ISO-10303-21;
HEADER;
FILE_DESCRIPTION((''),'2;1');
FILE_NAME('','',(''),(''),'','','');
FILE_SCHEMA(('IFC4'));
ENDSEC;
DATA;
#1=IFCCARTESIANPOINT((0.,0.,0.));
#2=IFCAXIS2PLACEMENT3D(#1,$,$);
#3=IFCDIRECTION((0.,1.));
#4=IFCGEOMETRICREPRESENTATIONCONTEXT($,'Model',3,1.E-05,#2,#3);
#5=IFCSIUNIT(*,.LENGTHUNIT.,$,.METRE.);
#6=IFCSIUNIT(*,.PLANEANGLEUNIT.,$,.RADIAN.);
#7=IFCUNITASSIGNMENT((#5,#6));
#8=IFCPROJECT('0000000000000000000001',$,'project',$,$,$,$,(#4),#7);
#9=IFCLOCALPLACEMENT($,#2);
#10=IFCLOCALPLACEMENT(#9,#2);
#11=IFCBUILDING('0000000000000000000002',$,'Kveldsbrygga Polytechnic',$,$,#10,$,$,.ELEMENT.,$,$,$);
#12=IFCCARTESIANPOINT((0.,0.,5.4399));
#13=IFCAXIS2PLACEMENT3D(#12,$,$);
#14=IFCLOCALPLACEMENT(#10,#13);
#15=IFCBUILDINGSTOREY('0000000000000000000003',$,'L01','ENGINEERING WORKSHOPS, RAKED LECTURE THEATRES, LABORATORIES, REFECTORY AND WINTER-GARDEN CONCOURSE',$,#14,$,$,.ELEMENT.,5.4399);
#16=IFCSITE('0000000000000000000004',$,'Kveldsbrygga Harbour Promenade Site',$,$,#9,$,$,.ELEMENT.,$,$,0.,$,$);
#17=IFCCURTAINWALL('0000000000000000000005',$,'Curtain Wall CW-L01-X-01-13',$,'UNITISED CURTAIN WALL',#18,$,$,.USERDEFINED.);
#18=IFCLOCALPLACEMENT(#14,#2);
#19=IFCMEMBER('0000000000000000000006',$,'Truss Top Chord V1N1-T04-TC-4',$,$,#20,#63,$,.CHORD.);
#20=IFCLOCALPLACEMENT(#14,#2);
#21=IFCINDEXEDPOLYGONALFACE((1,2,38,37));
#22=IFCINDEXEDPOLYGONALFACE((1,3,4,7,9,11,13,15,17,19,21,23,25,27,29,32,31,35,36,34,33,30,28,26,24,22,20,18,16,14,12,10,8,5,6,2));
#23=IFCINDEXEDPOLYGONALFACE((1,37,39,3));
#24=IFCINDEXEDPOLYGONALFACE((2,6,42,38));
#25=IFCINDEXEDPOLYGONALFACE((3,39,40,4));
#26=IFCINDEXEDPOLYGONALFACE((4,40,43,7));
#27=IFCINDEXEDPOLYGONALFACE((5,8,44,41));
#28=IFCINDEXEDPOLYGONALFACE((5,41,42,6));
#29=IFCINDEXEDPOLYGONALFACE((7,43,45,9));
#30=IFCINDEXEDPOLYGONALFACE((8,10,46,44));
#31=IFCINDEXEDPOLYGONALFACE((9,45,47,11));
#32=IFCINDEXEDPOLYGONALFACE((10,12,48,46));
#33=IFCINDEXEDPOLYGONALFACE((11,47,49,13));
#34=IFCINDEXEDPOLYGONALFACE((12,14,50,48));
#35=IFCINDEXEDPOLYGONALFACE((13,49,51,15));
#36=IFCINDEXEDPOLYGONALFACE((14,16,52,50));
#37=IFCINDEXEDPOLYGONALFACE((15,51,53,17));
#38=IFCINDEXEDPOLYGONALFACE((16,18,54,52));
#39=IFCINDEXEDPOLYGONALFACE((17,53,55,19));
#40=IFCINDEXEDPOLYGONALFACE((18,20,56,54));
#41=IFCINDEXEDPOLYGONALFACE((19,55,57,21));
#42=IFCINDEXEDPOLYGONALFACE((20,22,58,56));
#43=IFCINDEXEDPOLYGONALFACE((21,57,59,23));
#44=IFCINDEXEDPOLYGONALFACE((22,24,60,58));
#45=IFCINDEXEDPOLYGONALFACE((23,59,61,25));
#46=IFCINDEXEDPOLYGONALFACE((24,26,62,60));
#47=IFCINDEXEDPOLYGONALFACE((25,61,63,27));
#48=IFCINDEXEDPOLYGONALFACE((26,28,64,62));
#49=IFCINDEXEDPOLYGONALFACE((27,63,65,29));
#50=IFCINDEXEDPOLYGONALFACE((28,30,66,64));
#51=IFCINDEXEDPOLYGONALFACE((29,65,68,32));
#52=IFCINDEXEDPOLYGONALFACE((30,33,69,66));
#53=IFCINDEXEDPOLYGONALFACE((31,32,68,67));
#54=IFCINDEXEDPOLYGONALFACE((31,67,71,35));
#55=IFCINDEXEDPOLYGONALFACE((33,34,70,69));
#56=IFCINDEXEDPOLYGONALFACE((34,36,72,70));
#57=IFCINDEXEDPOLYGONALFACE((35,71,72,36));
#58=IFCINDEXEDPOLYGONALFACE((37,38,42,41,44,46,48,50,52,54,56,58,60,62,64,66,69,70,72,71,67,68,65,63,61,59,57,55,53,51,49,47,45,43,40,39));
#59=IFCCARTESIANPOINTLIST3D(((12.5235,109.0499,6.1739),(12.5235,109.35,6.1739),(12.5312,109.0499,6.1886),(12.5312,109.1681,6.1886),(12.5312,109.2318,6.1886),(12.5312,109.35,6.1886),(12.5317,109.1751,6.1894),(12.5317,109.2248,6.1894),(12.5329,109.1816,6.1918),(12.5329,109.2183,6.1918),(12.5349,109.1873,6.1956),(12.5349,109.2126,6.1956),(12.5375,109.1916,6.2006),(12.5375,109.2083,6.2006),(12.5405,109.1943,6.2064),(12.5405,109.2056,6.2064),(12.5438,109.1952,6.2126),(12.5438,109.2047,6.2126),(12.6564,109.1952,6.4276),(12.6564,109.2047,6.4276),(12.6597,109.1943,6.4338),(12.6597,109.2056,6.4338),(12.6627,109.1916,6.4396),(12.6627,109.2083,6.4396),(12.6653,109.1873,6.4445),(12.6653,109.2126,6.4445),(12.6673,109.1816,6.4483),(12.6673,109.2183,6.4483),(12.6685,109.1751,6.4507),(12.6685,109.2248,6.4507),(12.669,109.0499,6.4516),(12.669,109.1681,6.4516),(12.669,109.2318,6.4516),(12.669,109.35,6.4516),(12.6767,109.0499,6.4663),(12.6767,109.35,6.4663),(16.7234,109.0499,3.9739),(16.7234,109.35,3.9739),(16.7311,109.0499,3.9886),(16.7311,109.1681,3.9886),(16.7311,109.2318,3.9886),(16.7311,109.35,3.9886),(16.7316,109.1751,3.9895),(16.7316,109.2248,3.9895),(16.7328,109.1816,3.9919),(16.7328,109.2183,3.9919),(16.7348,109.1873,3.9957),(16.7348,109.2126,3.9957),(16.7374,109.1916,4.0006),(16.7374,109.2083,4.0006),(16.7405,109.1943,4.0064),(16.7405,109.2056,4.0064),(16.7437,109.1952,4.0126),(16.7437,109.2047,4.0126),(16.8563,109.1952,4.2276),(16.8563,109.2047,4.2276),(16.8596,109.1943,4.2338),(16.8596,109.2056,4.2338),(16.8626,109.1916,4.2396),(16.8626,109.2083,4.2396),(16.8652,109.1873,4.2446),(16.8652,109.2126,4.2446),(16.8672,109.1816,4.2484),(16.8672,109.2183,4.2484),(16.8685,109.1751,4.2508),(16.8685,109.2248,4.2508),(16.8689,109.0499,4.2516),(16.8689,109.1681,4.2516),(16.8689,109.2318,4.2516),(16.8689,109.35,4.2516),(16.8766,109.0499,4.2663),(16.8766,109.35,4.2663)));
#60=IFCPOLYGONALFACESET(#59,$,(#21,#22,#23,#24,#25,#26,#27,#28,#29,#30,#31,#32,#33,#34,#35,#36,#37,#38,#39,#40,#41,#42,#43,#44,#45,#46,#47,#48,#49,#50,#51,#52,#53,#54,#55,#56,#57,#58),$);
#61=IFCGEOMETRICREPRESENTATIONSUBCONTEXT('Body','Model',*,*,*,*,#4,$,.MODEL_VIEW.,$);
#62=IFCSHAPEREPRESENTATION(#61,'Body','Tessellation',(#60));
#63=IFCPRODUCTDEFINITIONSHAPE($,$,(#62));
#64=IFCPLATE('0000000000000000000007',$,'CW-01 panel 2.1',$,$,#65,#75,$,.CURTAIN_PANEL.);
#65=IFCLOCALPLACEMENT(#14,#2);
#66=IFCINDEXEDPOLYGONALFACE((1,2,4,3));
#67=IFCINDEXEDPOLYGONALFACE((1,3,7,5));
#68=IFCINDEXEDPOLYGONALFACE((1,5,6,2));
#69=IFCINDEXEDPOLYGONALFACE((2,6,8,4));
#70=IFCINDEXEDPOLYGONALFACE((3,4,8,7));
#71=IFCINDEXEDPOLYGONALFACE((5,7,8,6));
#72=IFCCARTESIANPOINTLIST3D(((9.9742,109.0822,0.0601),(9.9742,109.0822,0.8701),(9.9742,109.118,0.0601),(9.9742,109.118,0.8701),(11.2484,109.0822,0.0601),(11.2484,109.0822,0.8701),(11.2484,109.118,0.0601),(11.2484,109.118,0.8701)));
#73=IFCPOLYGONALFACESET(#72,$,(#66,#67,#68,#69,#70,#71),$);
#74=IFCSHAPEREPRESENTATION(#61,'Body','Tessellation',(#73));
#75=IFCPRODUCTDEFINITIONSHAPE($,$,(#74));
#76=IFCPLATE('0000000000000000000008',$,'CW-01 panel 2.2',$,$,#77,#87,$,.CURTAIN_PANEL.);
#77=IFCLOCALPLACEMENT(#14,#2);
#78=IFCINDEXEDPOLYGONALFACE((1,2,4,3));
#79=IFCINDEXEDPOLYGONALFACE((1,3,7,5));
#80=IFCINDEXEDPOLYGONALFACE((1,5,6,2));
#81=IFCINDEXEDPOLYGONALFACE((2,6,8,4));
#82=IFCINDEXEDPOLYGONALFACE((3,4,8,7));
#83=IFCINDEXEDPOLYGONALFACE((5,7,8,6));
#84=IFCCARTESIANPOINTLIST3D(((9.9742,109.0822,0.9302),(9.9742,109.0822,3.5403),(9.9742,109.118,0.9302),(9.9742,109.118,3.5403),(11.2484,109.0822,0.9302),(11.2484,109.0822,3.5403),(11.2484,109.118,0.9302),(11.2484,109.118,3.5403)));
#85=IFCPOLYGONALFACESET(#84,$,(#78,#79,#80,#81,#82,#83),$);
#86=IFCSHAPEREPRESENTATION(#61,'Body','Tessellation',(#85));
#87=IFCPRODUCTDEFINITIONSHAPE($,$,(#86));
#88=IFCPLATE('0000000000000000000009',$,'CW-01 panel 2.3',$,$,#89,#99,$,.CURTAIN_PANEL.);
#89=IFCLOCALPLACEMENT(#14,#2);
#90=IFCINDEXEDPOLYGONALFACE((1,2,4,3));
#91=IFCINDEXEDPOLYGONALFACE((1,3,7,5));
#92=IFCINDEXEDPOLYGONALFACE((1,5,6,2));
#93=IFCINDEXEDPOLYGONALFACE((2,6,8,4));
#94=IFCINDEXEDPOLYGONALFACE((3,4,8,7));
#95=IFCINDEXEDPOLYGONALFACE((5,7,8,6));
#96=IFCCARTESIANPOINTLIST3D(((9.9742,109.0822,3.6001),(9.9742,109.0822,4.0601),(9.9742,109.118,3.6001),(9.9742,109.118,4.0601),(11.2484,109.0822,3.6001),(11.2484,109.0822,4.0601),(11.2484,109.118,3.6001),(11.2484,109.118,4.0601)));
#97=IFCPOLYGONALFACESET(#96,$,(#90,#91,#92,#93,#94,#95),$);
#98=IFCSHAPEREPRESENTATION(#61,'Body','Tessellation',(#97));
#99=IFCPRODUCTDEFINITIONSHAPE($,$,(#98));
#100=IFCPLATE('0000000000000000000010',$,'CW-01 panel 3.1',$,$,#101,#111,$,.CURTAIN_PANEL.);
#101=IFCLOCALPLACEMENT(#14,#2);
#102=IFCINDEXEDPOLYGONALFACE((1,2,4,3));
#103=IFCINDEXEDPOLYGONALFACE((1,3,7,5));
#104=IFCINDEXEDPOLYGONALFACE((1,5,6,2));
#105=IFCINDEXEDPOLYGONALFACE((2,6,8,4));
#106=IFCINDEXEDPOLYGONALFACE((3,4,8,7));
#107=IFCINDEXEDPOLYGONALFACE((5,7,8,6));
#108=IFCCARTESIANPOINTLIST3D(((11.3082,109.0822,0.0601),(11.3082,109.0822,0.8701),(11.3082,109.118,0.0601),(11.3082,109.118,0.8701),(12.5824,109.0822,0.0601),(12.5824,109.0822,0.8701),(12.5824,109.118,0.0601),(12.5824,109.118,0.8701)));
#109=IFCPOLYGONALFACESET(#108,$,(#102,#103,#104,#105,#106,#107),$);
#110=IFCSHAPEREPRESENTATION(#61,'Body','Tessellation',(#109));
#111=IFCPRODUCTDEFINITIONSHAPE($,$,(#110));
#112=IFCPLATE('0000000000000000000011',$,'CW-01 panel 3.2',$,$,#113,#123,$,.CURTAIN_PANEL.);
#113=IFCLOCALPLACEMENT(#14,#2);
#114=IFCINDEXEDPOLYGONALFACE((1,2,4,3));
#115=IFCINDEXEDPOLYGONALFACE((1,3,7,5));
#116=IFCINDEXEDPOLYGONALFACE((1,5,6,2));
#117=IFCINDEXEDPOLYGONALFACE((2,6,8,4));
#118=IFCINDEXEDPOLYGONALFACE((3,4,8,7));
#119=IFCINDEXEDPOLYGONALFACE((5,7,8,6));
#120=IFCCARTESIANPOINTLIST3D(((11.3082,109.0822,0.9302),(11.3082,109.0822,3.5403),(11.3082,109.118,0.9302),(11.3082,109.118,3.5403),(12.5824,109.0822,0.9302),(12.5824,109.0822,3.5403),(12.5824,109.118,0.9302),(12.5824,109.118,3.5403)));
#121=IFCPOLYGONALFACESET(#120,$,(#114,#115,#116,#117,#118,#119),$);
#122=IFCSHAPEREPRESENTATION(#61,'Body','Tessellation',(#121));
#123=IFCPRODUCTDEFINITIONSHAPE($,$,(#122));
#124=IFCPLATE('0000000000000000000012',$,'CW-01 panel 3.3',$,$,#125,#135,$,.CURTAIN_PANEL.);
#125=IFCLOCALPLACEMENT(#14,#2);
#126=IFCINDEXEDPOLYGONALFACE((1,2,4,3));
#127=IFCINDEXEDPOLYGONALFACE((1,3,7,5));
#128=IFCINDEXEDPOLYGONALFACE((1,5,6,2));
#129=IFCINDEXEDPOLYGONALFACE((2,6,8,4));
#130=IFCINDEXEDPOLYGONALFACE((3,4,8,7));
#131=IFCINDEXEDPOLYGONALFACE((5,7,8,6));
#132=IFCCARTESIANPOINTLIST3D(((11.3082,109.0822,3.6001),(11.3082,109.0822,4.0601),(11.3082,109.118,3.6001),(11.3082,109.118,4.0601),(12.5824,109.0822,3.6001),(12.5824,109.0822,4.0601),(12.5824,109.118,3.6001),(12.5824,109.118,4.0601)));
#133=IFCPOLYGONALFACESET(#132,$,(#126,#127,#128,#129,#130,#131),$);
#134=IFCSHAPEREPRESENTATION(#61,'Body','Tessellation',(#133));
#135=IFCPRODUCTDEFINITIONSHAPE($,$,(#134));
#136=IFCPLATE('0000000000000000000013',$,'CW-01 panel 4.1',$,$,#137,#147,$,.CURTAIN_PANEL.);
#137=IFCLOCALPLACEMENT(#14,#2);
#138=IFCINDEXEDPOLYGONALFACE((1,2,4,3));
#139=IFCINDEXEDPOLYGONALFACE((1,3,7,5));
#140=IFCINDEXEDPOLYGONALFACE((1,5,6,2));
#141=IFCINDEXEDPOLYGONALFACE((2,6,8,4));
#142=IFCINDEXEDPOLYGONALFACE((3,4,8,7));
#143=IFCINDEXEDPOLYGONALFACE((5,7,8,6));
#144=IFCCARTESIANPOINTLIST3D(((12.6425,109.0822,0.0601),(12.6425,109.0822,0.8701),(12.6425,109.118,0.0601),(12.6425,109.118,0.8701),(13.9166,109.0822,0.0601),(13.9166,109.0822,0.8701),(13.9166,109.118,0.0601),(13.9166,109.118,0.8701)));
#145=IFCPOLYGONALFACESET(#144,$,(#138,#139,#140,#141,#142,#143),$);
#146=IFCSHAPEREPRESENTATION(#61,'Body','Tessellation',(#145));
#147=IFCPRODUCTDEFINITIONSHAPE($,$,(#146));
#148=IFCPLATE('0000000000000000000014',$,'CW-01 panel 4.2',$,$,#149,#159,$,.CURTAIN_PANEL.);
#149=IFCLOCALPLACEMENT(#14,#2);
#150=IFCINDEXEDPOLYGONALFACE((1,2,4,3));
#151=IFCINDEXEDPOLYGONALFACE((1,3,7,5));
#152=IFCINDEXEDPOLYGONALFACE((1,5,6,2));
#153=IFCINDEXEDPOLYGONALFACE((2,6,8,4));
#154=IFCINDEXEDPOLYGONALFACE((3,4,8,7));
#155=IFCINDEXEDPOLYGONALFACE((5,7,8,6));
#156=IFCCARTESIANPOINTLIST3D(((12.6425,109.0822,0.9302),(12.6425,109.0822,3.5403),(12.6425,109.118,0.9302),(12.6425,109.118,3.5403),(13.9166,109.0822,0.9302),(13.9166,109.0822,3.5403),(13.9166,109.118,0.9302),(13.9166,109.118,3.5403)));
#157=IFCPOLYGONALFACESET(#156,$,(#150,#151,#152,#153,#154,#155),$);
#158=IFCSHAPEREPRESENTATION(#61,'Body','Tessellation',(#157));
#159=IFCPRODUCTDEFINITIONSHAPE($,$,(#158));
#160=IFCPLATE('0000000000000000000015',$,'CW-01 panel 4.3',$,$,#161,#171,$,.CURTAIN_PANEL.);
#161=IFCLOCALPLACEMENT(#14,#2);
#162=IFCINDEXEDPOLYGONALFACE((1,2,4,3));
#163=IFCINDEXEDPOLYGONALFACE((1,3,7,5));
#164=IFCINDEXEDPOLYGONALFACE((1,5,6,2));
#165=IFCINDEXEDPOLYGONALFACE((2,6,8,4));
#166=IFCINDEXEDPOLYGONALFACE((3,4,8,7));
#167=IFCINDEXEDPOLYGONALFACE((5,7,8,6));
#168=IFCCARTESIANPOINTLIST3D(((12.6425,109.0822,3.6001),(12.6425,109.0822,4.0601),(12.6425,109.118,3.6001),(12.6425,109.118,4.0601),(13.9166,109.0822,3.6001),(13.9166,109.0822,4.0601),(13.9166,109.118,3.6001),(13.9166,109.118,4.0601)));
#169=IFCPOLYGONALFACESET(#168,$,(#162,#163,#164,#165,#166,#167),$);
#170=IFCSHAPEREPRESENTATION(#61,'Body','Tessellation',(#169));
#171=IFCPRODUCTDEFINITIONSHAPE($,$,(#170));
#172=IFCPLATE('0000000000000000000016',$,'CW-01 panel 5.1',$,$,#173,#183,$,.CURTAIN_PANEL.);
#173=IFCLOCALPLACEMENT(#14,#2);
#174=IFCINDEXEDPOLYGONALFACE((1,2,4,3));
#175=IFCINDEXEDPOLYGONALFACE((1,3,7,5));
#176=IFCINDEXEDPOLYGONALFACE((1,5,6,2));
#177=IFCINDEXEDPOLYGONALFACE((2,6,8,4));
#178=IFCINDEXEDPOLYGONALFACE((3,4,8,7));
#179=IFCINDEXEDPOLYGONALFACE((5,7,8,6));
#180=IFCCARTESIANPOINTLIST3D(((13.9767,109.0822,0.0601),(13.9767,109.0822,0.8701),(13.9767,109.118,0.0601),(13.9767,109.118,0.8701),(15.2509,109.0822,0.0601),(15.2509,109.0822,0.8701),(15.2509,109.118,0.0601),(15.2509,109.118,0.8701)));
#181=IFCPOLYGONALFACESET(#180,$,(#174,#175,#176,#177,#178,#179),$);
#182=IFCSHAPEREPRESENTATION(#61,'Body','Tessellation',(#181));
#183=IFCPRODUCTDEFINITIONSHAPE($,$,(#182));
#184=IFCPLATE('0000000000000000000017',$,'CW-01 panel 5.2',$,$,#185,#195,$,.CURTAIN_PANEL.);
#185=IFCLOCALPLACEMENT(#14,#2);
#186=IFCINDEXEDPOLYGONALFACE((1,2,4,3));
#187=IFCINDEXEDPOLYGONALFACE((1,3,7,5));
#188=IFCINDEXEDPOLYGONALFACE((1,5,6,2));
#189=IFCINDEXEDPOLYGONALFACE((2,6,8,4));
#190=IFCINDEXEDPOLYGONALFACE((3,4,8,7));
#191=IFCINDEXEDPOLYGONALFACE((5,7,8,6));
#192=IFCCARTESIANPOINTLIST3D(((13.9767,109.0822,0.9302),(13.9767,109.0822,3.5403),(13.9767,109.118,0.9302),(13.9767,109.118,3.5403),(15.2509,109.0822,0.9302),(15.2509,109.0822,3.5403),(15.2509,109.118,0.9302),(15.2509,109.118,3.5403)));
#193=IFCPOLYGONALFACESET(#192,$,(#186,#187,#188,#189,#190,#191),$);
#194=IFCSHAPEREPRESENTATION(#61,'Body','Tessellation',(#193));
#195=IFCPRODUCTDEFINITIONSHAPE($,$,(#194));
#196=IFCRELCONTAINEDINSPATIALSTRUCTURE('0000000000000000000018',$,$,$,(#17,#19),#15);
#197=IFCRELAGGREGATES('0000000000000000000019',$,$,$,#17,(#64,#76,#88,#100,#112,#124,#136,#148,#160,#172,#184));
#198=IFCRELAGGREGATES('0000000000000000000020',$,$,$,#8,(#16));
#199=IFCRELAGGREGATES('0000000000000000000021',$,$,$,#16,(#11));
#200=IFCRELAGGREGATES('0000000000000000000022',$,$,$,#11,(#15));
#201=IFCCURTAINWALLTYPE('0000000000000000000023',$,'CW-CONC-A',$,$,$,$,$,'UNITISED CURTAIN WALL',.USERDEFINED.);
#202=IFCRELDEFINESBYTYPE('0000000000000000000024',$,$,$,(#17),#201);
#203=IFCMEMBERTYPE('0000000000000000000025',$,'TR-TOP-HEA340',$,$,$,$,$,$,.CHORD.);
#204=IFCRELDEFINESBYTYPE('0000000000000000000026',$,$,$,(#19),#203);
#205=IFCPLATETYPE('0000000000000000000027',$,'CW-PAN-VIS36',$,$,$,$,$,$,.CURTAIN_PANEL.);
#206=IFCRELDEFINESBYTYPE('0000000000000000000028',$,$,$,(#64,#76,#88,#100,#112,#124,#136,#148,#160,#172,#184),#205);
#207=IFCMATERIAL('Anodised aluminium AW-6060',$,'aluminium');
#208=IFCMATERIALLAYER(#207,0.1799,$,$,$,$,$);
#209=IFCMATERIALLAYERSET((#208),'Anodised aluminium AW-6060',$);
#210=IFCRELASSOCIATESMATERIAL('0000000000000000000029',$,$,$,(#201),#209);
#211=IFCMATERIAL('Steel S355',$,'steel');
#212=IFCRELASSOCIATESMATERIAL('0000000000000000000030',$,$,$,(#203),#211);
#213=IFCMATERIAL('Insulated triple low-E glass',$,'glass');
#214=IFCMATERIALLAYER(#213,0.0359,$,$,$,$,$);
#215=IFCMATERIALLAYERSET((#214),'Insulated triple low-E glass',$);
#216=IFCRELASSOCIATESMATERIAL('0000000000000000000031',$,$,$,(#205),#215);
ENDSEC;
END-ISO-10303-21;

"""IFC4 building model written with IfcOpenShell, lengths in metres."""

from ifc_helpers import new_model, si_unit, direction, frame, origin, origin_2d, place, context, subcontext, project, spatial, rectangle, i_section, extrude, material, layer, layer_set, material_profile, profile_set, type_object, element, aggregate, save


model = new_model("IFC4")

# Units and contexts
model_context = context("Model", 3, precision=1e-05, world=origin(), true_north=direction((0.0, 1.0)))
body_context = subcontext(model_context, "Body", "Model", "MODEL_VIEW")
ifc_project = project(units=[si_unit("LENGTHUNIT", "METRE"), si_unit("PLANEANGLEUNIT", "RADIAN")], contexts=[model_context])

# Site, building, storey
site_placement = place(None, origin())
site = spatial("IfcSite", under=ifc_project, at=site_placement, Name="Kveldsbrygga Harbour Promenade Site", CompositionType="ELEMENT", RefElevation=0.0)
building_placement = place(site_placement, origin())
building = spatial("IfcBuilding", under=site, at=building_placement, Name="Kveldsbrygga Polytechnic", CompositionType="ELEMENT")
storey_placement = place(building_placement, frame((0.0, 0.0, 5.4399)))
storey = spatial("IfcBuildingStorey", under=building, at=storey_placement, Name="L01", Description="ENGINEERING WORKSHOPS, RAKED LECTURE THEATRES, LABORATORIES, REFECTORY AND WINTER-GARDEN CONCOURSE", CompositionType="ELEMENT", Elevation=5.4399)

# Curtain wall
ifc_material_1 = material(Name="Anodised aluminium AW-6060", Category="aluminium")
ifc_layer_1 = layer(ifc_material_1, 0.1799)
ifc_layer_set_1 = layer_set([ifc_layer_1], Name="Anodised aluminium AW-6060")
curtain_wall_type = type_object("IfcCurtainWallType", Name="CW-CONC-A", ElementType="UNITISED CURTAIN WALL", PredefinedType="USERDEFINED", material=ifc_layer_set_1)
curtain_wall_placement = place(storey_placement, origin())
curtain_wall = element("IfcCurtainWall", 1, at=curtain_wall_placement, inside=storey, type_object=curtain_wall_type, Name="Curtain Wall CW-L01-X-01-13", ObjectType="UNITISED CURTAIN WALL", PredefinedType="USERDEFINED")

# Member
ifc_material_2 = material(Name="Steel S355", Category="steel")
ifc_material_profile_1 = material_profile(ifc_material_2, i_section(OverallWidth=0.3, OverallDepth=0.3301, WebThickness=0.0095, FlangeThickness=0.0166, FilletRadius=0.0271, at=origin_2d()), Name="HEA 340")
ifc_profile_set_1 = profile_set([ifc_material_profile_1], Name="Steel S355")
member_type_1 = type_object("IfcMemberType", Name="TR-TOP-HEA340", PredefinedType="CHORD", material=ifc_profile_set_1)
for number, where, z_axis, x_axis, name in (
    (2, (12.6001, 109.2, 6.3201), (0.885834, 0.0, -0.464003), (0.0, 1.0, 0.0), "Truss Top Chord V1N1-T04-TC-4"),
):
    element("IfcMember", number, at=place(storey_placement, frame(where, z_axis=z_axis, x_axis=x_axis)), inside=storey, type_object=member_type_1, Name=name, PredefinedType="CHORD", context=body_context, shape_type="SweptSolid", body=[
        extrude(i_section(OverallWidth=0.3, OverallDepth=0.3301, WebThickness=0.0095, FlangeThickness=0.0166, FilletRadius=0.0271, at=origin_2d()), origin(), (0.0, 0.0, 1.0), 4.7412),
    ])

# Plates
ifc_material_3 = material(Name="Insulated triple low-E glass", Category="glass")
ifc_layer_2 = layer(ifc_material_3, 0.0359)
ifc_layer_set_2 = layer_set([ifc_layer_2], Name="Insulated triple low-E glass")
plate_type_1 = type_object("IfcPlateType", Name="CW-PAN-VIS36", PredefinedType="CURTAIN_PANEL", material=ifc_layer_set_2)
plate_1_placement = place(storey_placement, frame((10.6113, 109.1001, 0.0601), z_axis=(0.0, 0.0, 1.0), x_axis=(1.0, 0.0, 0.0)))
plate_1 = element("IfcPlate", 3, at=plate_1_placement, type_object=plate_type_1, Name="CW-01 panel 2.1", PredefinedType="CURTAIN_PANEL", context=body_context, shape_type="SweptSolid", body=[
    extrude(rectangle(XDim=1.2742, YDim=0.0359, at=origin_2d()), origin(), (0.0, 0.0, 1.0), 0.8101),
])
plate_2_placement = place(storey_placement, frame((10.6113, 109.1001, 0.9302), z_axis=(0.0, 0.0, 1.0), x_axis=(1.0, 0.0, 0.0)))
plate_2 = element("IfcPlate", 4, at=plate_2_placement, type_object=plate_type_1, Name="CW-01 panel 2.2", PredefinedType="CURTAIN_PANEL", context=body_context, shape_type="SweptSolid", body=[
    extrude(rectangle(XDim=1.2742, YDim=0.0359, at=origin_2d()), origin(), (0.0, 0.0, 1.0), 2.6101),
])
plate_3_placement = place(storey_placement, frame((10.6113, 109.1001, 3.6001), z_axis=(0.0, 0.0, 1.0), x_axis=(1.0, 0.0, 0.0)))
plate_3 = element("IfcPlate", 5, at=plate_3_placement, type_object=plate_type_1, Name="CW-01 panel 2.3", PredefinedType="CURTAIN_PANEL", context=body_context, shape_type="SweptSolid", body=[
    extrude(rectangle(XDim=1.2742, YDim=0.0359, at=origin_2d()), origin(), (0.0, 0.0, 1.0), 0.46),
])
plate_4_placement = place(storey_placement, frame((11.9453, 109.1001, 0.0601), z_axis=(0.0, 0.0, 1.0), x_axis=(1.0, 0.0, 0.0)))
plate_4 = element("IfcPlate", 6, at=plate_4_placement, type_object=plate_type_1, Name="CW-01 panel 3.1", PredefinedType="CURTAIN_PANEL", context=body_context, shape_type="SweptSolid", body=[
    extrude(rectangle(XDim=1.2742, YDim=0.0359, at=origin_2d()), origin(), (0.0, 0.0, 1.0), 0.8101),
])
plate_5_placement = place(storey_placement, frame((11.9453, 109.1001, 0.9302), z_axis=(0.0, 0.0, 1.0), x_axis=(1.0, 0.0, 0.0)))
plate_5 = element("IfcPlate", 7, at=plate_5_placement, type_object=plate_type_1, Name="CW-01 panel 3.2", PredefinedType="CURTAIN_PANEL", context=body_context, shape_type="SweptSolid", body=[
    extrude(rectangle(XDim=1.2742, YDim=0.0359, at=origin_2d()), origin(), (0.0, 0.0, 1.0), 2.6101),
])
plate_6_placement = place(storey_placement, frame((11.9453, 109.1001, 3.6001), z_axis=(0.0, 0.0, 1.0), x_axis=(1.0, 0.0, 0.0)))
plate_6 = element("IfcPlate", 8, at=plate_6_placement, type_object=plate_type_1, Name="CW-01 panel 3.3", PredefinedType="CURTAIN_PANEL", context=body_context, shape_type="SweptSolid", body=[
    extrude(rectangle(XDim=1.2742, YDim=0.0359, at=origin_2d()), origin(), (0.0, 0.0, 1.0), 0.46),
])
plate_7_placement = place(storey_placement, frame((13.2795, 109.1001, 0.0601), z_axis=(0.0, 0.0, 1.0), x_axis=(1.0, 0.0, 0.0)))
plate_7 = element("IfcPlate", 9, at=plate_7_placement, type_object=plate_type_1, Name="CW-01 panel 4.1", PredefinedType="CURTAIN_PANEL", context=body_context, shape_type="SweptSolid", body=[
    extrude(rectangle(XDim=1.2742, YDim=0.0359, at=origin_2d()), origin(), (0.0, 0.0, 1.0), 0.8101),
])
plate_8_placement = place(storey_placement, frame((13.2795, 109.1001, 0.9302), z_axis=(0.0, 0.0, 1.0), x_axis=(1.0, 0.0, 0.0)))
plate_8 = element("IfcPlate", 10, at=plate_8_placement, type_object=plate_type_1, Name="CW-01 panel 4.2", PredefinedType="CURTAIN_PANEL", context=body_context, shape_type="SweptSolid", body=[
    extrude(rectangle(XDim=1.2742, YDim=0.0359, at=origin_2d()), origin(), (0.0, 0.0, 1.0), 2.6101),
])
plate_9_placement = place(storey_placement, frame((13.2795, 109.1001, 3.6001), z_axis=(0.0, 0.0, 1.0), x_axis=(1.0, 0.0, 0.0)))
plate_9 = element("IfcPlate", 11, at=plate_9_placement, type_object=plate_type_1, Name="CW-01 panel 4.3", PredefinedType="CURTAIN_PANEL", context=body_context, shape_type="SweptSolid", body=[
    extrude(rectangle(XDim=1.2742, YDim=0.0359, at=origin_2d()), origin(), (0.0, 0.0, 1.0), 0.46),
])
plate_10_placement = place(storey_placement, frame((14.6138, 109.1001, 0.0601), z_axis=(0.0, 0.0, 1.0), x_axis=(1.0, 0.0, 0.0)))
plate_10 = element("IfcPlate", 12, at=plate_10_placement, type_object=plate_type_1, Name="CW-01 panel 5.1", PredefinedType="CURTAIN_PANEL", context=body_context, shape_type="SweptSolid", body=[
    extrude(rectangle(XDim=1.2742, YDim=0.0359, at=origin_2d()), origin(), (0.0, 0.0, 1.0), 0.8101),
])
plate_11_placement = place(storey_placement, frame((14.6138, 109.1001, 0.9302), z_axis=(0.0, 0.0, 1.0), x_axis=(1.0, 0.0, 0.0)))
plate_11 = element("IfcPlate", 13, at=plate_11_placement, type_object=plate_type_1, Name="CW-01 panel 5.2", PredefinedType="CURTAIN_PANEL", context=body_context, shape_type="SweptSolid", body=[
    extrude(rectangle(XDim=1.2742, YDim=0.0359, at=origin_2d()), origin(), (0.0, 0.0, 1.0), 2.6101),
])
aggregate(curtain_wall, [plate_1, plate_2, plate_3, plate_4, plate_5, plate_6, plate_7, plate_8, plate_9, plate_10, plate_11])

save(model, "model.ifc")
